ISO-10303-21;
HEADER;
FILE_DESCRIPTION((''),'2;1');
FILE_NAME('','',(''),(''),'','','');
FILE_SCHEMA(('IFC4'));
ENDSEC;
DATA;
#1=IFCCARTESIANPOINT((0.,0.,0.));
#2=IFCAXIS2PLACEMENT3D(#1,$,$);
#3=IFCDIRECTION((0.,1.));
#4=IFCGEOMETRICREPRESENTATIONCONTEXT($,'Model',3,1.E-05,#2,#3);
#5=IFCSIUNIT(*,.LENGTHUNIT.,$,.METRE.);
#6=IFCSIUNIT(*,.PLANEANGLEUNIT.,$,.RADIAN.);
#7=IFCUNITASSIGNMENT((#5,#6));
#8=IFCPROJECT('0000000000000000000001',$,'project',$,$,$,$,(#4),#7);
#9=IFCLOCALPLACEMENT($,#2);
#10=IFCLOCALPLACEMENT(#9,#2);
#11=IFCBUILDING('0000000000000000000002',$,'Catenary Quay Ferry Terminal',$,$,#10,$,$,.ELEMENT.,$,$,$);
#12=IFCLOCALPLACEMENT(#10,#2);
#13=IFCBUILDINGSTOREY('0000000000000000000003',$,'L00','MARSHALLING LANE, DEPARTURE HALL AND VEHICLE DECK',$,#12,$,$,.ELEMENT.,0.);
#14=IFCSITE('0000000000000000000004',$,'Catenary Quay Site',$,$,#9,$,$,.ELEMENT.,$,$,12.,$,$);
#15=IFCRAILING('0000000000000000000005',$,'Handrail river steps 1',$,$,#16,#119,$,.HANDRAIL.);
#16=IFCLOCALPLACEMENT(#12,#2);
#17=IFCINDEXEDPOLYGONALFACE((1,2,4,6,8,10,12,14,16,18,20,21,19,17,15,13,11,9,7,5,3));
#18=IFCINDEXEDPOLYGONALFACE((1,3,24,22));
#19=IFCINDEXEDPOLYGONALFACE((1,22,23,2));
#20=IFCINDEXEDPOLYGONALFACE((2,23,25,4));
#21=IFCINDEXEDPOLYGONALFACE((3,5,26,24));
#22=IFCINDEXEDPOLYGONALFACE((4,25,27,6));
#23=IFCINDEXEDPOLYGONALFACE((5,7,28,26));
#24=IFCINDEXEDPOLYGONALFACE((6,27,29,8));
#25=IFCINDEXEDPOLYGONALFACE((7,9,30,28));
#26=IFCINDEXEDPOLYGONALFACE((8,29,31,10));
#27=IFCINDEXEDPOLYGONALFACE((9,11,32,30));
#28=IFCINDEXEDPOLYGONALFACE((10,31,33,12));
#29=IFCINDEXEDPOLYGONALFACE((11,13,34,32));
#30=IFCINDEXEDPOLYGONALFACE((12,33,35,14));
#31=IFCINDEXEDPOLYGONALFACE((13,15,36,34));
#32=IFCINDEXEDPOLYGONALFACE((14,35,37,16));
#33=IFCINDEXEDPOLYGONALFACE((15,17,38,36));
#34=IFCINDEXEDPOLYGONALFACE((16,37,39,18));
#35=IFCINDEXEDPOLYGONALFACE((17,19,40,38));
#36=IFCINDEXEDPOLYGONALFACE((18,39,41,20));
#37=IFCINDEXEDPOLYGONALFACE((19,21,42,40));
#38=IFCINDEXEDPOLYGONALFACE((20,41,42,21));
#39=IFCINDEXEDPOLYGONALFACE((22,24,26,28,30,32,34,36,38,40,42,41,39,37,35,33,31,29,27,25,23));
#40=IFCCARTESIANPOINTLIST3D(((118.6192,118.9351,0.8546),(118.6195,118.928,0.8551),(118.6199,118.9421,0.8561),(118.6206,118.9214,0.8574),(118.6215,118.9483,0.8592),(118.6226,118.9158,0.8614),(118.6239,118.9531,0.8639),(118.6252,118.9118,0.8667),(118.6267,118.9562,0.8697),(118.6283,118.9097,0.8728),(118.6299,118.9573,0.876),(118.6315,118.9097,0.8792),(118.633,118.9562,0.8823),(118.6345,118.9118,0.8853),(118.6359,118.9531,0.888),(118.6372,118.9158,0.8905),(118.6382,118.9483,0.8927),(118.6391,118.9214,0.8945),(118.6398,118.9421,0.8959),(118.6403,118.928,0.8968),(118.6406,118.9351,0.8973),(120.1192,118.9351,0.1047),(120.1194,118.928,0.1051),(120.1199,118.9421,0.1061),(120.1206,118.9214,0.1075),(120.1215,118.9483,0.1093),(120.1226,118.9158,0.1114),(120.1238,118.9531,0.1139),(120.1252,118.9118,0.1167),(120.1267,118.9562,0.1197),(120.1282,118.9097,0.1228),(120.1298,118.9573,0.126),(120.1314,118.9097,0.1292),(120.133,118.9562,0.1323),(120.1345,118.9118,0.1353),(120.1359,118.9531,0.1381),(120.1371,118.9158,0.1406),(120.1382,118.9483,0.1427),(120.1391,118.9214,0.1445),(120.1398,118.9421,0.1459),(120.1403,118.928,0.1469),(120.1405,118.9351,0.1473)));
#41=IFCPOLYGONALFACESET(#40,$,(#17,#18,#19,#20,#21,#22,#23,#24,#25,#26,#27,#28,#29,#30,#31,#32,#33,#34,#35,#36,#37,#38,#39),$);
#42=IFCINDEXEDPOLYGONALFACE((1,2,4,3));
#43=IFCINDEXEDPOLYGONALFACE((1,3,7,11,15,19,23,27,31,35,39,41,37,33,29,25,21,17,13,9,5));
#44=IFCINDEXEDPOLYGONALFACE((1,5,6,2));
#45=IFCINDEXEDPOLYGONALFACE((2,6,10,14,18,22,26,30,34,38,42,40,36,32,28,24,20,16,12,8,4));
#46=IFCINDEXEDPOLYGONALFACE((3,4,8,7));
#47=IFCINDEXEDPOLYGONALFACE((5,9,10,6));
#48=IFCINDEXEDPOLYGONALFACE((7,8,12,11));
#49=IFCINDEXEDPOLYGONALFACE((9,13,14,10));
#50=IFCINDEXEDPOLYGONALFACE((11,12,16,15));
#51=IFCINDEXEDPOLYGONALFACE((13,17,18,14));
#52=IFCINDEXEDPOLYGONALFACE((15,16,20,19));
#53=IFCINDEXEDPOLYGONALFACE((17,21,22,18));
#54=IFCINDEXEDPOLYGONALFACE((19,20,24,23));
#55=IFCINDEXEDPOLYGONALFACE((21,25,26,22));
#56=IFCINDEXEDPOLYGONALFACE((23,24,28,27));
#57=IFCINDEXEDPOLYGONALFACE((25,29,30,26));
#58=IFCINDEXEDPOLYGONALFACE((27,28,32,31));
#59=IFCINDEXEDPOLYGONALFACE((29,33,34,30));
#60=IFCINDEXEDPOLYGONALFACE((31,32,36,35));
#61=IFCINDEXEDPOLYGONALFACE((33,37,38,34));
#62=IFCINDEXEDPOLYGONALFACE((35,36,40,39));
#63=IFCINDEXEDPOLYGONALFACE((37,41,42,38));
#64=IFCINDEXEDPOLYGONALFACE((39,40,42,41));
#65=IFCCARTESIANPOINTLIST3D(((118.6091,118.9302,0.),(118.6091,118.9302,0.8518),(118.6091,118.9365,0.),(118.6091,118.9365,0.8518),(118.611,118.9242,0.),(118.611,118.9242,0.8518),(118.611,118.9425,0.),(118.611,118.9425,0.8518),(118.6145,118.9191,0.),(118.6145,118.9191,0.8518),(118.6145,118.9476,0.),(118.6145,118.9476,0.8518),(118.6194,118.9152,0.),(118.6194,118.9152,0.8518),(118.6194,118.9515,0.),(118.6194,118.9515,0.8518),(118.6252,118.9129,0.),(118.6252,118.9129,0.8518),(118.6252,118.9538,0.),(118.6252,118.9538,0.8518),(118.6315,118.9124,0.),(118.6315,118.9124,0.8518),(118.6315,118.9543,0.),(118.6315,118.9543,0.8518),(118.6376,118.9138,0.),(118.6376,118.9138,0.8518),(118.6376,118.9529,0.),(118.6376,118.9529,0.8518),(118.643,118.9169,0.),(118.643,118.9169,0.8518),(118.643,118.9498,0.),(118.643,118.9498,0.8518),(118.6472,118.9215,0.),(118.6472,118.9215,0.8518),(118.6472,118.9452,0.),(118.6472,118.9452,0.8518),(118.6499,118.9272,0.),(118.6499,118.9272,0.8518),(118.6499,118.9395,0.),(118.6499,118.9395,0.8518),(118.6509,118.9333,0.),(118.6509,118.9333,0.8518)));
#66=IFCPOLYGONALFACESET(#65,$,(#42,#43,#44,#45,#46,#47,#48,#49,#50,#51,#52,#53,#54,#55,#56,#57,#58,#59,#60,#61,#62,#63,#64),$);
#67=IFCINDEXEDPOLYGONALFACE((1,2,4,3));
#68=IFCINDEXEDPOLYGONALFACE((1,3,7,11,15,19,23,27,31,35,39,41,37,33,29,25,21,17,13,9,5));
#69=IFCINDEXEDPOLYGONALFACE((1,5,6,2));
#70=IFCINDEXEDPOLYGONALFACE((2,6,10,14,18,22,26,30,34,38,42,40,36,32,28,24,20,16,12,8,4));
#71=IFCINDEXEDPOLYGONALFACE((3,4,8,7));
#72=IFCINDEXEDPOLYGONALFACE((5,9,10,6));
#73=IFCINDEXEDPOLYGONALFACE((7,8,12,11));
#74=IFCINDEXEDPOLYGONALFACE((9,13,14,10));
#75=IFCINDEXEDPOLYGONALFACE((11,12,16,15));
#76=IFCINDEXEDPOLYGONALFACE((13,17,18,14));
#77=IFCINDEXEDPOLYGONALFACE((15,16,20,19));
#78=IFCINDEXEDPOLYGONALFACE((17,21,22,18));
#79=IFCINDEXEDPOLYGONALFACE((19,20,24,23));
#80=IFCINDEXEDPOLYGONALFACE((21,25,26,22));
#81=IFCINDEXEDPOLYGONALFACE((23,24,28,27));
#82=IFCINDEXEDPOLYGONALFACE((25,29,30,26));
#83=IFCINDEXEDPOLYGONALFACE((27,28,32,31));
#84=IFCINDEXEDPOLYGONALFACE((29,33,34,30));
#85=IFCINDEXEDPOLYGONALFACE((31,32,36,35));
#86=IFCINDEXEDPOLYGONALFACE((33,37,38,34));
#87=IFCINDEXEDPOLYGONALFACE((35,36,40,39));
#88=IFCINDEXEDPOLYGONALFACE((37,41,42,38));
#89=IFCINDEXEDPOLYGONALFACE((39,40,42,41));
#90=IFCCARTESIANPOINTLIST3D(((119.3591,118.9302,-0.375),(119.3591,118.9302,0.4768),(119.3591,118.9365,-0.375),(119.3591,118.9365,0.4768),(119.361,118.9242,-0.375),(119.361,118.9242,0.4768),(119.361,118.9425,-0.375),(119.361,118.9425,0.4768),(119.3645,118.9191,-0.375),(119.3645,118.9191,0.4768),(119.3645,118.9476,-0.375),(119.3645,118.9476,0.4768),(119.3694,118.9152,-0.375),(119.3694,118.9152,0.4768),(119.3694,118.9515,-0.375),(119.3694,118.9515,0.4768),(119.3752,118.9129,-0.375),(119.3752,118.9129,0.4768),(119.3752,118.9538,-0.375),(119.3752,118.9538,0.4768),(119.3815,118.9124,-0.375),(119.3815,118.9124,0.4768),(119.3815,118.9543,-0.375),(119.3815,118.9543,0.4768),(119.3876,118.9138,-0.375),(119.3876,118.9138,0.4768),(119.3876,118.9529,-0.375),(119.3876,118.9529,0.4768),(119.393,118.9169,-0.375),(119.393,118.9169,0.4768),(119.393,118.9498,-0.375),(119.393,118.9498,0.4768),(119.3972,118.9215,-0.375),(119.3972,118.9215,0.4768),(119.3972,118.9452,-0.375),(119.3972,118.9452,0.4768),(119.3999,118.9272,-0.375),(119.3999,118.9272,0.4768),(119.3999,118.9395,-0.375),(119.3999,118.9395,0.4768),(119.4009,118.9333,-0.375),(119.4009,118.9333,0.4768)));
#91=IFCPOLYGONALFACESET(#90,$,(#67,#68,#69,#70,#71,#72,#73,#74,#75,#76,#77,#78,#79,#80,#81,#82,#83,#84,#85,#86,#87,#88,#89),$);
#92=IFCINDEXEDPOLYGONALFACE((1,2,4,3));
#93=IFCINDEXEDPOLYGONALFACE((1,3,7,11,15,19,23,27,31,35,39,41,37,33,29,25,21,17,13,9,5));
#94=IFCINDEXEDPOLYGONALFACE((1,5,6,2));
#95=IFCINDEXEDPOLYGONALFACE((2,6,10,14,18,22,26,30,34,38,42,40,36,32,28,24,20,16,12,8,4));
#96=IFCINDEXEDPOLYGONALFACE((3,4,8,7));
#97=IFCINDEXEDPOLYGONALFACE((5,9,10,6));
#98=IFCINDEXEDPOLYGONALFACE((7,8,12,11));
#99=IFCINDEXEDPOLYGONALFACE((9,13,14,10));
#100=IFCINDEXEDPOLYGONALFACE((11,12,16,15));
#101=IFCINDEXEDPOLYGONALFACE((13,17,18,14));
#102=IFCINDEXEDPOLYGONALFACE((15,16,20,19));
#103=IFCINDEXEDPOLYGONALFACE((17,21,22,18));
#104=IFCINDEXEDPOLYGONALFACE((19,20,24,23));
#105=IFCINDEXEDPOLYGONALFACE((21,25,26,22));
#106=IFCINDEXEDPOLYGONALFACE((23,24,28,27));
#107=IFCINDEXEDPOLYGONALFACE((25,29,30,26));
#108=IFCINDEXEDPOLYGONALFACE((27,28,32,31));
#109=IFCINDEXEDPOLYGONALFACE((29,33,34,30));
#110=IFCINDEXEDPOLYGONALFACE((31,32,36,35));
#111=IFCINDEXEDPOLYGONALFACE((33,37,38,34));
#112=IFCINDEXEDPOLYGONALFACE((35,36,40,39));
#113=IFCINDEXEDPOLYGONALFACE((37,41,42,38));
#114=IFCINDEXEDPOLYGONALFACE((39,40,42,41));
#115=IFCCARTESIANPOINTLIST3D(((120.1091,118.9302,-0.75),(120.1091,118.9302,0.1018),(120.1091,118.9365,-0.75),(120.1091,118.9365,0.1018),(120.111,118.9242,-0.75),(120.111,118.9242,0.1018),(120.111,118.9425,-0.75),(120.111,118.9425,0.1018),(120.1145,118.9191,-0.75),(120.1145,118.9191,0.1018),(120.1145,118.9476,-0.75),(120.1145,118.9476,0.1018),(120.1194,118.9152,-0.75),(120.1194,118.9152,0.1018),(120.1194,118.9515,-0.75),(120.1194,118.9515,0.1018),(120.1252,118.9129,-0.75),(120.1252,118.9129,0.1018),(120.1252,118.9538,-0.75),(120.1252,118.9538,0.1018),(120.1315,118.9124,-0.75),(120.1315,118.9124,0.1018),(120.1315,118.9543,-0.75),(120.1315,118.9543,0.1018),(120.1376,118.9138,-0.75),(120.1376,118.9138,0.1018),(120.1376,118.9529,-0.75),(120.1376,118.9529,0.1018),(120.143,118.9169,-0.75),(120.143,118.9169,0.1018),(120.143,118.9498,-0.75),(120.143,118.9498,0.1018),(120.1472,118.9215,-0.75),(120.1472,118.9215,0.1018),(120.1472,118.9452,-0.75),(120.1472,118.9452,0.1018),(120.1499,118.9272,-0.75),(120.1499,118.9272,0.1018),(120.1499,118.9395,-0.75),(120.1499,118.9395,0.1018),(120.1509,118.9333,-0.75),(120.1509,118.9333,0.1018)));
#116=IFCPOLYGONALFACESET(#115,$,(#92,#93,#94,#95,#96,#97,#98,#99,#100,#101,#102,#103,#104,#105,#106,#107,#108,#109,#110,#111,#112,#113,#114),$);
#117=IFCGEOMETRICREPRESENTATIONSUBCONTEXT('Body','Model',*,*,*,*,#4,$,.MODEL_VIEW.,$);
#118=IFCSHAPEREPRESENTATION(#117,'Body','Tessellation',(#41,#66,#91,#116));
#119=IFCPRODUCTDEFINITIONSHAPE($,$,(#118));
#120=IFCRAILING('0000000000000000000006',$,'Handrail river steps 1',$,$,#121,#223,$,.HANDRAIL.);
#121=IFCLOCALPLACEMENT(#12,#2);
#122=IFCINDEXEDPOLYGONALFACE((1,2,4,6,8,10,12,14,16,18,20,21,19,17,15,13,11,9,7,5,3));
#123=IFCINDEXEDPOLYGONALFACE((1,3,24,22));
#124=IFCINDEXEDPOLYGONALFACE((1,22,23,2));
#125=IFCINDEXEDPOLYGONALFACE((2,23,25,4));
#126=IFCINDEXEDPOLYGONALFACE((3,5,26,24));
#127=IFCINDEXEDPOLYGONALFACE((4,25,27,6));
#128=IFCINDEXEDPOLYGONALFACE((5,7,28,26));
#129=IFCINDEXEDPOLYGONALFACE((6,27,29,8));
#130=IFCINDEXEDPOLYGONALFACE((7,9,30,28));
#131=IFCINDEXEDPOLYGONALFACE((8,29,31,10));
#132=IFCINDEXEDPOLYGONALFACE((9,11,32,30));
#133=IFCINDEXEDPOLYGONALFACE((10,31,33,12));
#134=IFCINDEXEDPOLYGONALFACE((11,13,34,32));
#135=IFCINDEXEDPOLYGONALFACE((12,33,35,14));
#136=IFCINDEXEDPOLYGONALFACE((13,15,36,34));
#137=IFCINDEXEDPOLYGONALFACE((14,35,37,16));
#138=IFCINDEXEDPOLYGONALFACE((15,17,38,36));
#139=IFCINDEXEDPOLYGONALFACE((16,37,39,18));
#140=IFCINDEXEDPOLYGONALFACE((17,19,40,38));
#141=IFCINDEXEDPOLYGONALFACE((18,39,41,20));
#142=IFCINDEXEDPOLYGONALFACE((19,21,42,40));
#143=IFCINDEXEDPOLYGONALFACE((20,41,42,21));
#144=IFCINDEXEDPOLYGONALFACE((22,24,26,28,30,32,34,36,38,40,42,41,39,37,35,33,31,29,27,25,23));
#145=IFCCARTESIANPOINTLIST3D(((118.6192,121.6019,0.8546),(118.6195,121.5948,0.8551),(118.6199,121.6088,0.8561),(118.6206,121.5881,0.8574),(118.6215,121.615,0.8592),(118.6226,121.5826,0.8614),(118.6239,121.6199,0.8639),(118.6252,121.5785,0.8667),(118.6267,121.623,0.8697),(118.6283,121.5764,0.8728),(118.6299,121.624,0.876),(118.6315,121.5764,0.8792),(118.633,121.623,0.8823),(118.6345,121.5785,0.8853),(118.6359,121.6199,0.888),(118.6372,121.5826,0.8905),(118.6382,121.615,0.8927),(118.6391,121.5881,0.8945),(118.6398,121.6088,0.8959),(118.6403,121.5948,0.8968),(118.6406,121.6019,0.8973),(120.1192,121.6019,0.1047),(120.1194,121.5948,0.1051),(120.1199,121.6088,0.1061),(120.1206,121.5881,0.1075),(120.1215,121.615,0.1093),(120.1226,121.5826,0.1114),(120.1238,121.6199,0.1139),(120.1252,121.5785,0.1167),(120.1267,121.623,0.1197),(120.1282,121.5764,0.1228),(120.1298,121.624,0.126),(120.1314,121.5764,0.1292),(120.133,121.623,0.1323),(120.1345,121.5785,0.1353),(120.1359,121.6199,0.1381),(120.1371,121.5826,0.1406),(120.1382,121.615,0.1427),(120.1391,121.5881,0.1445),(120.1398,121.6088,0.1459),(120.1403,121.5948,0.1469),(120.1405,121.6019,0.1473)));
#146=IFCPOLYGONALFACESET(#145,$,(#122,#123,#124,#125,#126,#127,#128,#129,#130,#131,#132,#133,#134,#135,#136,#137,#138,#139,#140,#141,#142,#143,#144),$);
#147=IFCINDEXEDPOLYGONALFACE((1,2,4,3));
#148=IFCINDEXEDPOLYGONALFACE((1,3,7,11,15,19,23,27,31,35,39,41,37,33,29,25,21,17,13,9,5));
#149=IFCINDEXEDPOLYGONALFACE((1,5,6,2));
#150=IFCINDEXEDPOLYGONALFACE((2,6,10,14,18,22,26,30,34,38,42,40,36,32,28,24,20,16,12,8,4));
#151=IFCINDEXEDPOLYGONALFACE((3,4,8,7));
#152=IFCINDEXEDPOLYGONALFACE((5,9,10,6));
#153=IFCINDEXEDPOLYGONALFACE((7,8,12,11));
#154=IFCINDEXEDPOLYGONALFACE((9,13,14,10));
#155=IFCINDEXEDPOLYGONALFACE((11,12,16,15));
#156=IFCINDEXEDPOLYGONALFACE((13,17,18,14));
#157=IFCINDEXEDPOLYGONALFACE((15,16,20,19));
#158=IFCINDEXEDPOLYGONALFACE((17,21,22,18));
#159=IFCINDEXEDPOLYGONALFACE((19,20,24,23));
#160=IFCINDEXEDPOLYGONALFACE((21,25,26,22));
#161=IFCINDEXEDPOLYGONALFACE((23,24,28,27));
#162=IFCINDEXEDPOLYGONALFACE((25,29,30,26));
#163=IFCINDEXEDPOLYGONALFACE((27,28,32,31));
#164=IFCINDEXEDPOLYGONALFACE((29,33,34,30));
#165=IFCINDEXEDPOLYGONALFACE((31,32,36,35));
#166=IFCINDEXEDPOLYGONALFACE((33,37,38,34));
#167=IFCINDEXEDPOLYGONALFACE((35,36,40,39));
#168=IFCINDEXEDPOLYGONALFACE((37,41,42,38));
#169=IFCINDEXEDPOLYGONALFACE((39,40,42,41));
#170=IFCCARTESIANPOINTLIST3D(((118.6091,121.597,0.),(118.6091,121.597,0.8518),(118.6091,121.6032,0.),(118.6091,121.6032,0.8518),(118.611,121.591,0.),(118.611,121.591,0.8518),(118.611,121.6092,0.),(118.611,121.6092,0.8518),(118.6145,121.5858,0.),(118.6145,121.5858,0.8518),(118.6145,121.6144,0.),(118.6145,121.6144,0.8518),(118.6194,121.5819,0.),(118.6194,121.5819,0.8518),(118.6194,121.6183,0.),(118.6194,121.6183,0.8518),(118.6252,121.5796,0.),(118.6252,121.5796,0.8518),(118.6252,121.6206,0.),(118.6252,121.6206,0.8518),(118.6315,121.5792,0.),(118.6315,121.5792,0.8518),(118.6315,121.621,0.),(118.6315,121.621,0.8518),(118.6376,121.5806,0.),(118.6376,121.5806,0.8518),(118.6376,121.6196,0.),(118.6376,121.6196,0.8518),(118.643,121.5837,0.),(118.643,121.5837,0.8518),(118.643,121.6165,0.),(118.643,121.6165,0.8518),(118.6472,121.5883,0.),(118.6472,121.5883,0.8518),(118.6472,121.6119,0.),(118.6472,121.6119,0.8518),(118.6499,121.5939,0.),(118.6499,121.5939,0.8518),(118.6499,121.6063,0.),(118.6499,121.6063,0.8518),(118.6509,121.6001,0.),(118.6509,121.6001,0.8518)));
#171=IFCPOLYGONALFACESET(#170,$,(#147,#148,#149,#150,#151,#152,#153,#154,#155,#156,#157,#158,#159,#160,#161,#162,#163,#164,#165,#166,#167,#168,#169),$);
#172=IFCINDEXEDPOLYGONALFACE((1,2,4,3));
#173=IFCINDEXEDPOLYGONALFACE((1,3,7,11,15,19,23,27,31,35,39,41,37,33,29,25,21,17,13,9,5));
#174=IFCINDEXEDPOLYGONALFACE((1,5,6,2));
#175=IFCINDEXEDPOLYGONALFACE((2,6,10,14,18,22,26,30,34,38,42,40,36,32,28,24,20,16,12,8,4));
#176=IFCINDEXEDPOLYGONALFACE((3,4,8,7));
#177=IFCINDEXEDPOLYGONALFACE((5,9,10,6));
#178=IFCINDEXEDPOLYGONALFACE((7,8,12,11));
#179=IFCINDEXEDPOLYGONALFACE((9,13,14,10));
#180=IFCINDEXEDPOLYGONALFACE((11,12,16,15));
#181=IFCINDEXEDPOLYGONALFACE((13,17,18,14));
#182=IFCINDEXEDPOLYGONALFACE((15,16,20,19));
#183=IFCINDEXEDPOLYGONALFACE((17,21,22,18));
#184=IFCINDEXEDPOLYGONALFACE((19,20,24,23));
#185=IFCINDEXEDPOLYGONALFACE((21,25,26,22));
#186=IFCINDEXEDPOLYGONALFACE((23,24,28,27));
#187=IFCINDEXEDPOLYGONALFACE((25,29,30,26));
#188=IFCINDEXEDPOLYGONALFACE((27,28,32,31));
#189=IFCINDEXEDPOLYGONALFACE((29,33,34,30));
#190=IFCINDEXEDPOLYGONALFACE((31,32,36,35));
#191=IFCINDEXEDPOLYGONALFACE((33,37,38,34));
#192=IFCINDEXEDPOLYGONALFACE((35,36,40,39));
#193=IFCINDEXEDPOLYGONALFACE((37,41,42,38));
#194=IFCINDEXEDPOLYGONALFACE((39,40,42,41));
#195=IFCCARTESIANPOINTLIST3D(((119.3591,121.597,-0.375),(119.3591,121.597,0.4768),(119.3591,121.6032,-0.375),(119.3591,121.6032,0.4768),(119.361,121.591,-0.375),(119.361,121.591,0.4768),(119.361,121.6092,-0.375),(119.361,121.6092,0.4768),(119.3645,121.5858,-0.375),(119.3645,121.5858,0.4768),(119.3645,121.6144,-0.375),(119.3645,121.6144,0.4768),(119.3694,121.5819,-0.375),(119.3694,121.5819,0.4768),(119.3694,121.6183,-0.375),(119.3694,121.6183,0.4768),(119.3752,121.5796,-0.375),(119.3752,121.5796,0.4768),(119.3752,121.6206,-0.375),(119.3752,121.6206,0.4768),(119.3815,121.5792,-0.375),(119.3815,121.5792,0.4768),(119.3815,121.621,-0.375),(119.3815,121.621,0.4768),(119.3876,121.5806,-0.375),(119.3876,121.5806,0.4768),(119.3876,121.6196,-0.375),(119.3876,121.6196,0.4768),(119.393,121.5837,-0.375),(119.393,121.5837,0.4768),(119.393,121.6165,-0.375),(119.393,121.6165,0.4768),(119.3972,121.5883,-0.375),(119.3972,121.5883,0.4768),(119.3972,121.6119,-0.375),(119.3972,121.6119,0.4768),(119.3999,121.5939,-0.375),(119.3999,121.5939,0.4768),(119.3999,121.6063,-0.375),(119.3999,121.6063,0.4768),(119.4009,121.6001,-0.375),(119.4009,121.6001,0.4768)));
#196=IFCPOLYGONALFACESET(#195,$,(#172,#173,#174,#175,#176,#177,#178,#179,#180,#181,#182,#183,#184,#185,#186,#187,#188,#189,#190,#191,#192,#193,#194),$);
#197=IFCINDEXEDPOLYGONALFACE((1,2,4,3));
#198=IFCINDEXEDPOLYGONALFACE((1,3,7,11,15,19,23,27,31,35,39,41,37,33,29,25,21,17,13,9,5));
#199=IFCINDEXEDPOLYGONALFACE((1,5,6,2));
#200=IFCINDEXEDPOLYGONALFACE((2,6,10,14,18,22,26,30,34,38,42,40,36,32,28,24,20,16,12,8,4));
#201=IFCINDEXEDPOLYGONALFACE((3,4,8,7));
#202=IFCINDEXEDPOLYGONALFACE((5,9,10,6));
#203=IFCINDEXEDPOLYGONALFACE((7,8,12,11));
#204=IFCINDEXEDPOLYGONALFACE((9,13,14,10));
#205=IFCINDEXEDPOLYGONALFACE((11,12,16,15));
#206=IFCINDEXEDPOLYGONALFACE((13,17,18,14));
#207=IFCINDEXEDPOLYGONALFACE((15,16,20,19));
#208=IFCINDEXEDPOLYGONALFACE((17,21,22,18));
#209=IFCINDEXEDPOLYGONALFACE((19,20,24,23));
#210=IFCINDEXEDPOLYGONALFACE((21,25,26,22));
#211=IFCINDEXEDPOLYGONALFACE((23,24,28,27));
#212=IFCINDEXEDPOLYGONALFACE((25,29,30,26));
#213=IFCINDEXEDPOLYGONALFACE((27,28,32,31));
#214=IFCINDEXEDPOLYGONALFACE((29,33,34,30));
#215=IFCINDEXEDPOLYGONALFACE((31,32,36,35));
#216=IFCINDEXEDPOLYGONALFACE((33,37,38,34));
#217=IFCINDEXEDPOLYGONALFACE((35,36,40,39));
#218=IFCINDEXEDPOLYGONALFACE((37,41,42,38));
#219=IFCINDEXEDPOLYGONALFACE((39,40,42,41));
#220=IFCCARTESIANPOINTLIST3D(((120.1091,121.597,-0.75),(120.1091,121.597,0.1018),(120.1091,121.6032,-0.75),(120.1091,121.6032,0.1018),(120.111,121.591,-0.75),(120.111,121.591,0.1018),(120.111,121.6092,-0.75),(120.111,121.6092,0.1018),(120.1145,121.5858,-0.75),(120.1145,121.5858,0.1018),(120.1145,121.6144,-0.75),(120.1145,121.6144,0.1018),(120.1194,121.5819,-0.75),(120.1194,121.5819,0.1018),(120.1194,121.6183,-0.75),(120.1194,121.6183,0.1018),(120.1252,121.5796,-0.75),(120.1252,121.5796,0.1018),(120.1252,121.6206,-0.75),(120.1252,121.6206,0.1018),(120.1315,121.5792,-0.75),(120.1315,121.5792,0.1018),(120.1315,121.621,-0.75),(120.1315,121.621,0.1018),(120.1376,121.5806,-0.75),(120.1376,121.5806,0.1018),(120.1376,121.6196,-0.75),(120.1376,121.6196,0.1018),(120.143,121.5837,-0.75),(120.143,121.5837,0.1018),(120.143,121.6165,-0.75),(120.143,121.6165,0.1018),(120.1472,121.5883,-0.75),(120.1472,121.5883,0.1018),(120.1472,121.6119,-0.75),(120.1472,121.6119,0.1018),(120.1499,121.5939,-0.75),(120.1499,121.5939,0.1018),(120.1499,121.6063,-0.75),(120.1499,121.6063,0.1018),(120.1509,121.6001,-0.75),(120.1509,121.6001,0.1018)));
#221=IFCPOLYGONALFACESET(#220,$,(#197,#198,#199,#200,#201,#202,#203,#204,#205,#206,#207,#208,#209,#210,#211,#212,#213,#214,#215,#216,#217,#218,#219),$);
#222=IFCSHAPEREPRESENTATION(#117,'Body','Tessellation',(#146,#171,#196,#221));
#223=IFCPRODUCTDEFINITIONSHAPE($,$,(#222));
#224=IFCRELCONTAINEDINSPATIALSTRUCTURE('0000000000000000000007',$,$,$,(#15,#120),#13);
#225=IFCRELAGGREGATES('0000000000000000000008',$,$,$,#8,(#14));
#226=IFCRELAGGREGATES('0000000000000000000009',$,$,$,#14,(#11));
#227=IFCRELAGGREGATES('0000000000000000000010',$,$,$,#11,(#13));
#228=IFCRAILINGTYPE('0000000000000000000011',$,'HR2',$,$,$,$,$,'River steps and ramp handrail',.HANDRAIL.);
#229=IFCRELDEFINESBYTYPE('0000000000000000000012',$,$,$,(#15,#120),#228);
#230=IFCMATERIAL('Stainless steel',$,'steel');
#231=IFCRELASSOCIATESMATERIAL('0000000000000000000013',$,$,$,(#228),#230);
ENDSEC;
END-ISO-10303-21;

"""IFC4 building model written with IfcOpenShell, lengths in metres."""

from ifc_helpers import new_model, si_unit, direction, frame, origin, origin_2d, place, context, subcontext, project, spatial, circle, extrude, material, type_object, element, save


model = new_model("IFC4")

# Units and contexts
model_context = context("Model", 3, precision=1e-05, world=origin(), true_north=direction((0.0, 1.0)))
body_context = subcontext(model_context, "Body", "Model", "MODEL_VIEW")
ifc_project = project(units=[si_unit("LENGTHUNIT", "METRE"), si_unit("PLANEANGLEUNIT", "RADIAN")], contexts=[model_context])

# Site, building, storey
site_placement = place(None, origin())
site = spatial("IfcSite", under=ifc_project, at=site_placement, Name="Catenary Quay Site", CompositionType="ELEMENT", RefElevation=12.0)
building_placement = place(site_placement, origin())
building = spatial("IfcBuilding", under=site, at=building_placement, Name="Catenary Quay Ferry Terminal", CompositionType="ELEMENT")
storey_placement = place(building_placement, origin())
storey = spatial("IfcBuildingStorey", under=building, at=storey_placement, Name="L00", Description="MARSHALLING LANE, DEPARTURE HALL AND VEHICLE DECK", CompositionType="ELEMENT", Elevation=0.0)

# Railings
ifc_material_1 = material(Name="Stainless steel", Category="steel")
railing_type_1 = type_object("IfcRailingType", Name="HR2", ElementType="River steps and ramp handrail", PredefinedType="HANDRAIL", material=ifc_material_1)
for number, where, name in (
    (1, (118.6299, 118.9333, 0.0), "Handrail river steps 1"),
    (2, (118.6299, 121.6001, 0.0), "Handrail river steps 1"),
):
    element("IfcRailing", number, at=place(storey_placement, frame(where)), inside=storey, type_object=railing_type_1, Name=name, PredefinedType="HANDRAIL", context=body_context, shape_type="SweptSolid", body=[
        extrude(circle(Radius=0.0239, at=origin_2d()), frame((0.0, 0.0, 0.876), z_axis=(0.894427, 0.0, -0.447214), x_axis=(0.0, 1.0, 0.0)), (0.0, 0.0, 1.0), 1.677),
        extrude(circle(Radius=0.021, at=origin_2d()), origin(), (0.0, 0.0, 1.0), 0.8518),
        extrude(circle(Radius=0.021, at=origin_2d()), frame((0.75, 0.0, -0.375)), (0.0, 0.0, 1.0), 0.8518),
        extrude(circle(Radius=0.021, at=origin_2d()), frame((1.5, 0.0, -0.75)), (0.0, 0.0, 1.0), 0.8518),
    ])

save(model, "model.ifc")
